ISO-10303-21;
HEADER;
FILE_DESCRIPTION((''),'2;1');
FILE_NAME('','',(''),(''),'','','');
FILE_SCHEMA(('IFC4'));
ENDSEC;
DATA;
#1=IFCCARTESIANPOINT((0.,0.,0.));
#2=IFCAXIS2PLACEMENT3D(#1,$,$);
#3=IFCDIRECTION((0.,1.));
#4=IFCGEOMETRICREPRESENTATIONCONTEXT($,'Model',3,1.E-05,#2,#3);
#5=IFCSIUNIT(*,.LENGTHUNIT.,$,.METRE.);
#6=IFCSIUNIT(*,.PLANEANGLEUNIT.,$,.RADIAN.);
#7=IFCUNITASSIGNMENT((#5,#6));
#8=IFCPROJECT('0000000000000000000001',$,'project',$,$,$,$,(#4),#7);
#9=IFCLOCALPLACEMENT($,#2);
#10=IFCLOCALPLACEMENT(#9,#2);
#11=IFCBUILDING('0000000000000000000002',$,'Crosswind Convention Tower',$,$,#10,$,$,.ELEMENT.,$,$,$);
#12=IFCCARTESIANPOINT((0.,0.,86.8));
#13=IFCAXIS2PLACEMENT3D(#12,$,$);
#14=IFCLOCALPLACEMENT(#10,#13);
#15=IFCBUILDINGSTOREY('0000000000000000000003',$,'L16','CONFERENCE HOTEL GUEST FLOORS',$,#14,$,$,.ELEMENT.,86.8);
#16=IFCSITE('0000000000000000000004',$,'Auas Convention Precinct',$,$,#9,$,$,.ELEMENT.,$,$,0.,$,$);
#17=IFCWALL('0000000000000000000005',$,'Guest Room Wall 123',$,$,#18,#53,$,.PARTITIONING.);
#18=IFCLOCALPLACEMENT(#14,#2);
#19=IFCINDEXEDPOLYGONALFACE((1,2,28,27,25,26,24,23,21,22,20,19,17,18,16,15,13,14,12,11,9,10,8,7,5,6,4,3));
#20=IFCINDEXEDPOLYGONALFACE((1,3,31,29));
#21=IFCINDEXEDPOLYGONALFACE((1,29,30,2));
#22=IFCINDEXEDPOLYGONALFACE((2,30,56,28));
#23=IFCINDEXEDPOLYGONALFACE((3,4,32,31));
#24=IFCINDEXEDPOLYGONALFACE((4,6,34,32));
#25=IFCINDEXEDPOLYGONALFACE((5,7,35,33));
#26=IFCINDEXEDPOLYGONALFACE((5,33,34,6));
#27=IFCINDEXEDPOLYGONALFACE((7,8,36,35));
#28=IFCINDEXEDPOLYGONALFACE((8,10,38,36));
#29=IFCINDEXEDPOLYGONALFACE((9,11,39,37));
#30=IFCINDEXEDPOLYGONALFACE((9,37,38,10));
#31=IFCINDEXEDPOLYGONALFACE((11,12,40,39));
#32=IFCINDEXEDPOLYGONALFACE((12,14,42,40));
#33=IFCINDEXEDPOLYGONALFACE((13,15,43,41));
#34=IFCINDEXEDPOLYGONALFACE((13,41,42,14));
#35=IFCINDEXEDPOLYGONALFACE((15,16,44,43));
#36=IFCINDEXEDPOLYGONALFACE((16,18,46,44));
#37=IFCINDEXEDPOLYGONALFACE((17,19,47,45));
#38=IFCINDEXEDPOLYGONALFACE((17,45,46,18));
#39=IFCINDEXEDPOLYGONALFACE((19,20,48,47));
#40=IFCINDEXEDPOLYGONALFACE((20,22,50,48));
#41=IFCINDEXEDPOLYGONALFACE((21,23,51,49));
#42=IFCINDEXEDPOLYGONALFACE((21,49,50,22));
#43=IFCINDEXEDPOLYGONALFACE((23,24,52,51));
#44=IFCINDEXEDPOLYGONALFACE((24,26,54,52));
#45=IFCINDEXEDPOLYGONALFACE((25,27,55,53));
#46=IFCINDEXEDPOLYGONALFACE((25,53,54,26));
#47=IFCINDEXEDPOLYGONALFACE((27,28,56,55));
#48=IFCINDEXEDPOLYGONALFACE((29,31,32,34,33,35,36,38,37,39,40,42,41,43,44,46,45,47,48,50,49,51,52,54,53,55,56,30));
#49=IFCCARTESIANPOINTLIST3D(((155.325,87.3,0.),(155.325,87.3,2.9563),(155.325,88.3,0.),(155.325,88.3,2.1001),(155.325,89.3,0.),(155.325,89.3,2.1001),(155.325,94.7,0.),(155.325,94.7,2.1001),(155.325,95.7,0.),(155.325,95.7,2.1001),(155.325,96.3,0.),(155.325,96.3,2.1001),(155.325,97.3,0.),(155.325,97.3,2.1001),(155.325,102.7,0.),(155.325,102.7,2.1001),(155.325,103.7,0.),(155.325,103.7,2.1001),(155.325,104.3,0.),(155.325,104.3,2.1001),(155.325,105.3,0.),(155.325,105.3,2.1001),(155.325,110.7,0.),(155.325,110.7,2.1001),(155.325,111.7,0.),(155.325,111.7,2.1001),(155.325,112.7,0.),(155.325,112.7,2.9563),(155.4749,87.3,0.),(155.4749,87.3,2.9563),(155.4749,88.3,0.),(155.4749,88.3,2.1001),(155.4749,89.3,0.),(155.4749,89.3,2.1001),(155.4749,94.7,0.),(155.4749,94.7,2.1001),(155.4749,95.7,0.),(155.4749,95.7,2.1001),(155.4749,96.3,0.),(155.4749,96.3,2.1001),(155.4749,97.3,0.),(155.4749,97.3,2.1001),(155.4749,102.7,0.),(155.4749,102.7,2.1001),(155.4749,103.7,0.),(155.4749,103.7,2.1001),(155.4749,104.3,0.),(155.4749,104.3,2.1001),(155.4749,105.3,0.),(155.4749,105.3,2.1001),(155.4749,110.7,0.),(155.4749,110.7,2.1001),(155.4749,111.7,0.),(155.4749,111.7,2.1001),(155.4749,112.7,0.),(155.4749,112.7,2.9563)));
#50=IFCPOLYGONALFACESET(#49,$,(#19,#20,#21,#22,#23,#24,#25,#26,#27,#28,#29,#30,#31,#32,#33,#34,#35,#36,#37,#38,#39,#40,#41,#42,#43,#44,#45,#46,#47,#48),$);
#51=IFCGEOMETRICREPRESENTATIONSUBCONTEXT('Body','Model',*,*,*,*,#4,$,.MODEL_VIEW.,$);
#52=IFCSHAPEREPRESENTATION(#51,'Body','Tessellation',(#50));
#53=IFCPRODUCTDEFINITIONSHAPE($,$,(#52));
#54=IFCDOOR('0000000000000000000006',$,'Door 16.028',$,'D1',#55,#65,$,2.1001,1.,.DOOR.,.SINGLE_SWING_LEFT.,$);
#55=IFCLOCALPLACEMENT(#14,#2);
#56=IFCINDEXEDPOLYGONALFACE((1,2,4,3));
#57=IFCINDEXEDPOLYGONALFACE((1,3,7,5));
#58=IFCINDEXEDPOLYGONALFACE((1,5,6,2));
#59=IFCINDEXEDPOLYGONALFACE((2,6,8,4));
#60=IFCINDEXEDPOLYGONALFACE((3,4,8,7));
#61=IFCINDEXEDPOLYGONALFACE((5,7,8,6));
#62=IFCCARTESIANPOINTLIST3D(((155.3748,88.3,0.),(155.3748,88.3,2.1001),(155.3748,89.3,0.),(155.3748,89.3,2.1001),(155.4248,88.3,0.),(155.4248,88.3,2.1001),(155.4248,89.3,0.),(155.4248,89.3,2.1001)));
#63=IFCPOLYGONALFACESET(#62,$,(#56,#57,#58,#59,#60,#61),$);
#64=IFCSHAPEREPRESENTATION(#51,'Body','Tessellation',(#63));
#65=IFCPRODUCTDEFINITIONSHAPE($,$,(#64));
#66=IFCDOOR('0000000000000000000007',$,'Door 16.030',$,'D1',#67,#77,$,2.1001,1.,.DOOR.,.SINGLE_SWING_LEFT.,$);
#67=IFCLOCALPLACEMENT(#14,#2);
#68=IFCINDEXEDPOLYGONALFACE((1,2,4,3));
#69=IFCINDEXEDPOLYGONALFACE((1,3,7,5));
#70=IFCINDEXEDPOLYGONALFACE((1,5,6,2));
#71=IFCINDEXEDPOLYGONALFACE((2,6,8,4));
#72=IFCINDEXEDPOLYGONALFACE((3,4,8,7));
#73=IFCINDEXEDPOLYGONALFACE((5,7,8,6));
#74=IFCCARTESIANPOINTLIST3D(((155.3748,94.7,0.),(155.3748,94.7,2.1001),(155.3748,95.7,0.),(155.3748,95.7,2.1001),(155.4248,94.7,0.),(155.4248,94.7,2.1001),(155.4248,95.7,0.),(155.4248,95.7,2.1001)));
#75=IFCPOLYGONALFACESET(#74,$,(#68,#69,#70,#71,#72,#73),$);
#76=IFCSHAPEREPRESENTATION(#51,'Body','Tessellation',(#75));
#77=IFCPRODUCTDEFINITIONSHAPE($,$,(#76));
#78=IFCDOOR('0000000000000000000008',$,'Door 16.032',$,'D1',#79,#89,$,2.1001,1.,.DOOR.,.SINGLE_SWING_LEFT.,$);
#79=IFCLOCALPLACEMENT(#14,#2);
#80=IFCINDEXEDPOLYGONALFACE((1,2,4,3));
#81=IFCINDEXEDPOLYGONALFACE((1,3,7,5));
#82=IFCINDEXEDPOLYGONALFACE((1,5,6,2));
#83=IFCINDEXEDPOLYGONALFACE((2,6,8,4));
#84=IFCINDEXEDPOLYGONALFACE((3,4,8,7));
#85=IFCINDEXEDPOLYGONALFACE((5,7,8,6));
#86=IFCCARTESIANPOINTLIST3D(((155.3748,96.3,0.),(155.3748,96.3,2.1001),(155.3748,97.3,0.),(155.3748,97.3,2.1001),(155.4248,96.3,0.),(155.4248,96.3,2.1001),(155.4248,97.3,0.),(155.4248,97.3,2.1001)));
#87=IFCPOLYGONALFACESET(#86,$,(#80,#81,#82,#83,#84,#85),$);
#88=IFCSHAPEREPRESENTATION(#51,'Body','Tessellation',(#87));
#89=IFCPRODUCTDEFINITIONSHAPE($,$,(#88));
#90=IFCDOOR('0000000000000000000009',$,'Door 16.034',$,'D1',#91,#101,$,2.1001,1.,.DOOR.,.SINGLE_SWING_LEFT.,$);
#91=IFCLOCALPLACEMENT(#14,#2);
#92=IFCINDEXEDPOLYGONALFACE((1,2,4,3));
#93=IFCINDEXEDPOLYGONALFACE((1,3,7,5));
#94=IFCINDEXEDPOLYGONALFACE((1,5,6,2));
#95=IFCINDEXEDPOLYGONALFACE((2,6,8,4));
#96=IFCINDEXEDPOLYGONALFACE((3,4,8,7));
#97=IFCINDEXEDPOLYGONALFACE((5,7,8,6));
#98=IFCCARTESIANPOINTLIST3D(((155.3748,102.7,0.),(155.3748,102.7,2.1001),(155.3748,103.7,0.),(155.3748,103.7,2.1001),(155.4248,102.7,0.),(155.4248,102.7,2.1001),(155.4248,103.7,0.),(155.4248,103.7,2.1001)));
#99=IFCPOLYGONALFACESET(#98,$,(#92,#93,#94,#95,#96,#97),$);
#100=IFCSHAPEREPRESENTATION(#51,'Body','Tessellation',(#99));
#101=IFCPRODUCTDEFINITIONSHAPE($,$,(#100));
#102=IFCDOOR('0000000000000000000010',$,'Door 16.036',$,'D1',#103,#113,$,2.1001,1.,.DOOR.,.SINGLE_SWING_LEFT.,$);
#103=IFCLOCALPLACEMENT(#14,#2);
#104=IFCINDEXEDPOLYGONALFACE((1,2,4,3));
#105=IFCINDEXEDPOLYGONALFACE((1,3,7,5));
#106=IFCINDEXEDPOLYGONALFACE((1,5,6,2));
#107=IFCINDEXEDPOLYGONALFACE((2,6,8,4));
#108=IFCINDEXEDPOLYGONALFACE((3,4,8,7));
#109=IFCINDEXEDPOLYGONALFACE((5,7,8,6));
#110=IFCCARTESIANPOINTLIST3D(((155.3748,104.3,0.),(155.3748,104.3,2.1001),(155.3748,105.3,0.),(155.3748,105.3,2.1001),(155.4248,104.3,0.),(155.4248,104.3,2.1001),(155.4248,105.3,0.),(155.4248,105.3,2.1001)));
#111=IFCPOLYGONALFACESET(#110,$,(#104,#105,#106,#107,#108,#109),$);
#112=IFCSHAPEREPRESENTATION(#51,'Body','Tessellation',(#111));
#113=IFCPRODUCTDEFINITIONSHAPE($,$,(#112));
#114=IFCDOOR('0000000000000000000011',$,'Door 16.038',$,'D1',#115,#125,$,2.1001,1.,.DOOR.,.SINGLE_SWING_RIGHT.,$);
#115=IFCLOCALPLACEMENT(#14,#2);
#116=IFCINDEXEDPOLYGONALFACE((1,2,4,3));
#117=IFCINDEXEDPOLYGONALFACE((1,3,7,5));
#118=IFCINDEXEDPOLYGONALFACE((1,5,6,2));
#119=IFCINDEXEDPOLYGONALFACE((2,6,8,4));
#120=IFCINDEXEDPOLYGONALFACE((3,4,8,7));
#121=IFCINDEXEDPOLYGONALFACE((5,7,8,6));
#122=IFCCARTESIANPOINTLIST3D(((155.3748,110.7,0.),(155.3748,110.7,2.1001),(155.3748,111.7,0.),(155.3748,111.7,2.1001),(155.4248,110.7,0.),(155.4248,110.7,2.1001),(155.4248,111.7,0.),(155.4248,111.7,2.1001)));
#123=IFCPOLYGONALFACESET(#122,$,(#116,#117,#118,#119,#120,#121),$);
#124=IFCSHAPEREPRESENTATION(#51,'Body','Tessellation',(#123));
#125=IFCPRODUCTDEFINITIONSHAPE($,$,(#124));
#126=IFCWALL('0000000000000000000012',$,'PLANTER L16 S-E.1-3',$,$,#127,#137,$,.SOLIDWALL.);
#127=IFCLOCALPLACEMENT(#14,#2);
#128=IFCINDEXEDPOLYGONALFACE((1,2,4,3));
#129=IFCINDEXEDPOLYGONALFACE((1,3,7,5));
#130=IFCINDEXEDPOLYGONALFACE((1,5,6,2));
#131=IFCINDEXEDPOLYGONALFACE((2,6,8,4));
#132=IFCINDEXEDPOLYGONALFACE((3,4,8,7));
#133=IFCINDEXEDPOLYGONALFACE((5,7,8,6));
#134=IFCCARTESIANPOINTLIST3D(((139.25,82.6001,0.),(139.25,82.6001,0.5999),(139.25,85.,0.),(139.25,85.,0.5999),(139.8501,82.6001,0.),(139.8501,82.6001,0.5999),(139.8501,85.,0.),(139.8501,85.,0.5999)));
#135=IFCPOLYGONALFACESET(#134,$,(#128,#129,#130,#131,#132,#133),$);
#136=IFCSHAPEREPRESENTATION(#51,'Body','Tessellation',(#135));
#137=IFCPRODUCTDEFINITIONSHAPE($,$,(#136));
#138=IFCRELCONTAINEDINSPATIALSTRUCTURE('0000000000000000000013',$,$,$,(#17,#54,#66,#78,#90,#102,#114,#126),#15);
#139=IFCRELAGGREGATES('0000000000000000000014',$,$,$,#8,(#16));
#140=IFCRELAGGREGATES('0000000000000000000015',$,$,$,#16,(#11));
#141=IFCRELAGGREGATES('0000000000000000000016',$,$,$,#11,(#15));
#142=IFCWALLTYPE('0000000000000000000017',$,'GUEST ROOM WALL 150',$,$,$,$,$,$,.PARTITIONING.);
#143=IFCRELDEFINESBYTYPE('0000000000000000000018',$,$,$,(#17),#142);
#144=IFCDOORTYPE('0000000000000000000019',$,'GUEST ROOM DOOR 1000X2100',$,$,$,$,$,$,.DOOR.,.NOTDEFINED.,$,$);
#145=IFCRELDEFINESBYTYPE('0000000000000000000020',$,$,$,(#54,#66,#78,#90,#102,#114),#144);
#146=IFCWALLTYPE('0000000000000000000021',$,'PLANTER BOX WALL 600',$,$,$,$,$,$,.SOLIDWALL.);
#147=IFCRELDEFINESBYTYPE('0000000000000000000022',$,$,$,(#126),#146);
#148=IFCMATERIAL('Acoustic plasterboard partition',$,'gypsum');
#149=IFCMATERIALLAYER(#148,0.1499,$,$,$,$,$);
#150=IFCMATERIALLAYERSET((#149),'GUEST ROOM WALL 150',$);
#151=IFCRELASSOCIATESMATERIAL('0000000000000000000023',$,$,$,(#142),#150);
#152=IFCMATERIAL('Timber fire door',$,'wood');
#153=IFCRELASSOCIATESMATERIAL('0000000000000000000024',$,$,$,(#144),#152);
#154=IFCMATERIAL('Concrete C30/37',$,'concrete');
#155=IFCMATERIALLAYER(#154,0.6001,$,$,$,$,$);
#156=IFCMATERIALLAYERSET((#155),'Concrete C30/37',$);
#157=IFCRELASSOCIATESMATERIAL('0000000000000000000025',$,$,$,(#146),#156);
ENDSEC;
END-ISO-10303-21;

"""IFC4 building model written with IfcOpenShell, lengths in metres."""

from ifc_helpers import new_model, si_unit, direction, frame, frame_2d, origin, place, context, subcontext, project, spatial, rectangle, extrude, material, layer, layer_set, type_object, element, fill, save


model = new_model("IFC4")

# Units and contexts
model_context = context("Model", 3, precision=1e-05, world=origin(), true_north=direction((0.0, 1.0)))
body_context = subcontext(model_context, "Body", "Model", "MODEL_VIEW")
ifc_project = project(units=[si_unit("LENGTHUNIT", "METRE"), si_unit("PLANEANGLEUNIT", "RADIAN")], contexts=[model_context])

# Site, building, storey
site_placement = place(None, origin())
site = spatial("IfcSite", under=ifc_project, at=site_placement, Name="Auas Convention Precinct", CompositionType="ELEMENT", RefElevation=0.0)
building_placement = place(site_placement, origin())
building = spatial("IfcBuilding", under=site, at=building_placement, Name="Crosswind Convention Tower", CompositionType="ELEMENT")
storey_placement = place(building_placement, frame((0.0, 0.0, 86.8)))
storey = spatial("IfcBuildingStorey", under=building, at=storey_placement, Name="L16", Description="CONFERENCE HOTEL GUEST FLOORS", CompositionType="ELEMENT", Elevation=86.8)

# Wall, openings, doors
ifc_material_1 = material(Name="Acoustic plasterboard partition", Category="gypsum")
ifc_layer_1 = layer(ifc_material_1, 0.1499)
ifc_layer_set_1 = layer_set([ifc_layer_1], Name="GUEST ROOM WALL 150")
wall_type_1 = type_object("IfcWallType", Name="GUEST ROOM WALL 150", PredefinedType="PARTITIONING", material=ifc_layer_set_1)
wall_1_placement = place(storey_placement, frame((155.3999, 87.3, 0.0), z_axis=(0.0, 0.0, 1.0), x_axis=(0.0, 1.0, 0.0)))
wall_1 = element("IfcWall", 1, at=wall_1_placement, inside=storey, type_object=wall_type_1, Name="Guest Room Wall 123", PredefinedType="PARTITIONING", context=body_context, shape_type="SweptSolid", body=[
    extrude(rectangle(XDim=25.3999, YDim=0.1499, at=frame_2d((12.7, 0.0))), origin(), (0.0, 0.0, 1.0), 2.9563),
])
opening_1_placement = place(wall_1_placement, frame((1.0, 0.0, 0.0)))
opening_1 = element("IfcOpeningElement", 2, at=opening_1_placement, cuts=wall_1, PredefinedType="OPENING", context=body_context, shape_type="SweptSolid", body=[
    extrude(rectangle(XDim=1.0, YDim=2.1001, at=frame_2d((0.5, 1.05))), frame((0.0, 0.085, 0.0), z_axis=(0.0, -1.0, 0.0), x_axis=(1.0, 0.0, 0.0)), (0.0, 0.0, 1.0), 0.1699),
])
opening_2_placement = place(wall_1_placement, frame((7.3999, 0.0, 0.0)))
opening_2 = element("IfcOpeningElement", 3, at=opening_2_placement, cuts=wall_1, PredefinedType="OPENING", context=body_context, shape_type="SweptSolid", body=[
    extrude(rectangle(XDim=1.0, YDim=2.1001, at=frame_2d((0.5, 1.05))), frame((0.0, 0.085, 0.0), z_axis=(0.0, -1.0, 0.0), x_axis=(1.0, 0.0, 0.0)), (0.0, 0.0, 1.0), 0.1699),
])
opening_3_placement = place(wall_1_placement, frame((9.0, 0.0, 0.0)))
opening_3 = element("IfcOpeningElement", 4, at=opening_3_placement, cuts=wall_1, PredefinedType="OPENING", context=body_context, shape_type="SweptSolid", body=[
    extrude(rectangle(XDim=1.0, YDim=2.1001, at=frame_2d((0.5, 1.05))), frame((0.0, 0.085, 0.0), z_axis=(0.0, -1.0, 0.0), x_axis=(1.0, 0.0, 0.0)), (0.0, 0.0, 1.0), 0.1699),
])
opening_4_placement = place(wall_1_placement, frame((15.3999, 0.0, 0.0)))
opening_4 = element("IfcOpeningElement", 5, at=opening_4_placement, cuts=wall_1, PredefinedType="OPENING", context=body_context, shape_type="SweptSolid", body=[
    extrude(rectangle(XDim=1.0, YDim=2.1001, at=frame_2d((0.5, 1.05))), frame((0.0, 0.085, 0.0), z_axis=(0.0, -1.0, 0.0), x_axis=(1.0, 0.0, 0.0)), (0.0, 0.0, 1.0), 0.1699),
])
opening_5_placement = place(wall_1_placement, frame((17.0, 0.0, 0.0)))
opening_5 = element("IfcOpeningElement", 6, at=opening_5_placement, cuts=wall_1, PredefinedType="OPENING", context=body_context, shape_type="SweptSolid", body=[
    extrude(rectangle(XDim=1.0, YDim=2.1001, at=frame_2d((0.5, 1.05))), frame((0.0, 0.085, 0.0), z_axis=(0.0, -1.0, 0.0), x_axis=(1.0, 0.0, 0.0)), (0.0, 0.0, 1.0), 0.1699),
])
opening_6_placement = place(wall_1_placement, frame((23.3999, 0.0, 0.0)))
opening_6 = element("IfcOpeningElement", 7, at=opening_6_placement, cuts=wall_1, PredefinedType="OPENING", context=body_context, shape_type="SweptSolid", body=[
    extrude(rectangle(XDim=1.0, YDim=2.1001, at=frame_2d((0.5, 1.05))), frame((0.0, 0.085, 0.0), z_axis=(0.0, -1.0, 0.0), x_axis=(1.0, 0.0, 0.0)), (0.0, 0.0, 1.0), 0.1699),
])
ifc_material_2 = material(Name="Timber fire door", Category="wood")
door_type = type_object("IfcDoorType", Name="GUEST ROOM DOOR 1000X2100", OperationType="NOTDEFINED", PredefinedType="DOOR", material=ifc_material_2)
door_1_placement = place(opening_1_placement, frame((1.0, 0.0, 0.0), z_axis=(0.0, 0.0, 1.0), x_axis=(-1.0, 0.0, 0.0)))
door_1 = element("IfcDoor", 8, at=door_1_placement, inside=storey, type_object=door_type, Name="Door 16.028", ObjectType="D1", OperationType="SINGLE_SWING_LEFT", OverallHeight=2.1001, OverallWidth=1.0, PredefinedType="DOOR", context=body_context, shape_type="SweptSolid", body=[
    extrude(rectangle(XDim=1.0, YDim=2.1001, at=frame_2d((0.5, 1.05))), frame((0.0, 0.0249, 0.0), z_axis=(0.0, -1.0, 0.0), x_axis=(1.0, 0.0, 0.0)), (0.0, 0.0, 1.0), 0.05),
])
fill(opening_1, door_1)
door_2_placement = place(opening_2_placement, frame((1.0, 0.0, 0.0), z_axis=(0.0, 0.0, 1.0), x_axis=(-1.0, 0.0, 0.0)))
door_2 = element("IfcDoor", 9, at=door_2_placement, inside=storey, type_object=door_type, Name="Door 16.030", ObjectType="D1", OperationType="SINGLE_SWING_LEFT", OverallHeight=2.1001, OverallWidth=1.0, PredefinedType="DOOR", context=body_context, shape_type="SweptSolid", body=[
    extrude(rectangle(XDim=1.0, YDim=2.1001, at=frame_2d((0.5, 1.05))), frame((0.0, 0.0249, 0.0), z_axis=(0.0, -1.0, 0.0), x_axis=(1.0, 0.0, 0.0)), (0.0, 0.0, 1.0), 0.05),
])
fill(opening_2, door_2)
door_3_placement = place(opening_3_placement, frame((1.0, 0.0, 0.0), z_axis=(0.0, 0.0, 1.0), x_axis=(-1.0, 0.0, 0.0)))
door_3 = element("IfcDoor", 10, at=door_3_placement, inside=storey, type_object=door_type, Name="Door 16.032", ObjectType="D1", OperationType="SINGLE_SWING_LEFT", OverallHeight=2.1001, OverallWidth=1.0, PredefinedType="DOOR", context=body_context, shape_type="SweptSolid", body=[
    extrude(rectangle(XDim=1.0, YDim=2.1001, at=frame_2d((0.5, 1.05))), frame((0.0, 0.0249, 0.0), z_axis=(0.0, -1.0, 0.0), x_axis=(1.0, 0.0, 0.0)), (0.0, 0.0, 1.0), 0.05),
])
fill(opening_3, door_3)
door_4_placement = place(opening_4_placement, frame((1.0, 0.0, 0.0), z_axis=(0.0, 0.0, 1.0), x_axis=(-1.0, 0.0, 0.0)))
door_4 = element("IfcDoor", 11, at=door_4_placement, inside=storey, type_object=door_type, Name="Door 16.034", ObjectType="D1", OperationType="SINGLE_SWING_LEFT", OverallHeight=2.1001, OverallWidth=1.0, PredefinedType="DOOR", context=body_context, shape_type="SweptSolid", body=[
    extrude(rectangle(XDim=1.0, YDim=2.1001, at=frame_2d((0.5, 1.05))), frame((0.0, 0.0249, 0.0), z_axis=(0.0, -1.0, 0.0), x_axis=(1.0, 0.0, 0.0)), (0.0, 0.0, 1.0), 0.05),
])
fill(opening_4, door_4)
door_5_placement = place(opening_5_placement, frame((1.0, 0.0, 0.0), z_axis=(0.0, 0.0, 1.0), x_axis=(-1.0, 0.0, 0.0)))
door_5 = element("IfcDoor", 12, at=door_5_placement, inside=storey, type_object=door_type, Name="Door 16.036", ObjectType="D1", OperationType="SINGLE_SWING_LEFT", OverallHeight=2.1001, OverallWidth=1.0, PredefinedType="DOOR", context=body_context, shape_type="SweptSolid", body=[
    extrude(rectangle(XDim=1.0, YDim=2.1001, at=frame_2d((0.5, 1.05))), frame((0.0, 0.0249, 0.0), z_axis=(0.0, -1.0, 0.0), x_axis=(1.0, 0.0, 0.0)), (0.0, 0.0, 1.0), 0.05),
])
fill(opening_5, door_5)
door_6_placement = place(opening_6_placement, frame((1.0, 0.0, 0.0), z_axis=(0.0, 0.0, 1.0), x_axis=(-1.0, 0.0, 0.0)))
door_6 = element("IfcDoor", 13, at=door_6_placement, inside=storey, type_object=door_type, Name="Door 16.038", ObjectType="D1", OperationType="SINGLE_SWING_RIGHT", OverallHeight=2.1001, OverallWidth=1.0, PredefinedType="DOOR", context=body_context, shape_type="SweptSolid", body=[
    extrude(rectangle(XDim=1.0, YDim=2.1001, at=frame_2d((0.5, 1.05))), frame((0.0, 0.0249, 0.0), z_axis=(0.0, -1.0, 0.0), x_axis=(1.0, 0.0, 0.0)), (0.0, 0.0, 1.0), 0.05),
])
fill(opening_6, door_6)

# Wall
ifc_material_3 = material(Name="Concrete C30/37", Category="concrete")
ifc_layer_2 = layer(ifc_material_3, 0.6001)
ifc_layer_set_2 = layer_set([ifc_layer_2], Name="Concrete C30/37")
wall_type_2 = type_object("IfcWallType", Name="PLANTER BOX WALL 600", PredefinedType="SOLIDWALL", material=ifc_layer_set_2)
wall_2_placement = place(storey_placement, frame((139.55, 82.6001, 0.0), z_axis=(0.0, 0.0, 1.0), x_axis=(0.0, 1.0, 0.0)))
element("IfcWall", 14, at=wall_2_placement, inside=storey, type_object=wall_type_2, Name="PLANTER L16 S-E.1-3", PredefinedType="SOLIDWALL", context=body_context, shape_type="SweptSolid", body=[
    extrude(rectangle(XDim=2.3999, YDim=0.6001, at=frame_2d((1.2, 0.0))), origin(), (0.0, 0.0, 1.0), 0.5999),
])

save(model, "model.ifc")
